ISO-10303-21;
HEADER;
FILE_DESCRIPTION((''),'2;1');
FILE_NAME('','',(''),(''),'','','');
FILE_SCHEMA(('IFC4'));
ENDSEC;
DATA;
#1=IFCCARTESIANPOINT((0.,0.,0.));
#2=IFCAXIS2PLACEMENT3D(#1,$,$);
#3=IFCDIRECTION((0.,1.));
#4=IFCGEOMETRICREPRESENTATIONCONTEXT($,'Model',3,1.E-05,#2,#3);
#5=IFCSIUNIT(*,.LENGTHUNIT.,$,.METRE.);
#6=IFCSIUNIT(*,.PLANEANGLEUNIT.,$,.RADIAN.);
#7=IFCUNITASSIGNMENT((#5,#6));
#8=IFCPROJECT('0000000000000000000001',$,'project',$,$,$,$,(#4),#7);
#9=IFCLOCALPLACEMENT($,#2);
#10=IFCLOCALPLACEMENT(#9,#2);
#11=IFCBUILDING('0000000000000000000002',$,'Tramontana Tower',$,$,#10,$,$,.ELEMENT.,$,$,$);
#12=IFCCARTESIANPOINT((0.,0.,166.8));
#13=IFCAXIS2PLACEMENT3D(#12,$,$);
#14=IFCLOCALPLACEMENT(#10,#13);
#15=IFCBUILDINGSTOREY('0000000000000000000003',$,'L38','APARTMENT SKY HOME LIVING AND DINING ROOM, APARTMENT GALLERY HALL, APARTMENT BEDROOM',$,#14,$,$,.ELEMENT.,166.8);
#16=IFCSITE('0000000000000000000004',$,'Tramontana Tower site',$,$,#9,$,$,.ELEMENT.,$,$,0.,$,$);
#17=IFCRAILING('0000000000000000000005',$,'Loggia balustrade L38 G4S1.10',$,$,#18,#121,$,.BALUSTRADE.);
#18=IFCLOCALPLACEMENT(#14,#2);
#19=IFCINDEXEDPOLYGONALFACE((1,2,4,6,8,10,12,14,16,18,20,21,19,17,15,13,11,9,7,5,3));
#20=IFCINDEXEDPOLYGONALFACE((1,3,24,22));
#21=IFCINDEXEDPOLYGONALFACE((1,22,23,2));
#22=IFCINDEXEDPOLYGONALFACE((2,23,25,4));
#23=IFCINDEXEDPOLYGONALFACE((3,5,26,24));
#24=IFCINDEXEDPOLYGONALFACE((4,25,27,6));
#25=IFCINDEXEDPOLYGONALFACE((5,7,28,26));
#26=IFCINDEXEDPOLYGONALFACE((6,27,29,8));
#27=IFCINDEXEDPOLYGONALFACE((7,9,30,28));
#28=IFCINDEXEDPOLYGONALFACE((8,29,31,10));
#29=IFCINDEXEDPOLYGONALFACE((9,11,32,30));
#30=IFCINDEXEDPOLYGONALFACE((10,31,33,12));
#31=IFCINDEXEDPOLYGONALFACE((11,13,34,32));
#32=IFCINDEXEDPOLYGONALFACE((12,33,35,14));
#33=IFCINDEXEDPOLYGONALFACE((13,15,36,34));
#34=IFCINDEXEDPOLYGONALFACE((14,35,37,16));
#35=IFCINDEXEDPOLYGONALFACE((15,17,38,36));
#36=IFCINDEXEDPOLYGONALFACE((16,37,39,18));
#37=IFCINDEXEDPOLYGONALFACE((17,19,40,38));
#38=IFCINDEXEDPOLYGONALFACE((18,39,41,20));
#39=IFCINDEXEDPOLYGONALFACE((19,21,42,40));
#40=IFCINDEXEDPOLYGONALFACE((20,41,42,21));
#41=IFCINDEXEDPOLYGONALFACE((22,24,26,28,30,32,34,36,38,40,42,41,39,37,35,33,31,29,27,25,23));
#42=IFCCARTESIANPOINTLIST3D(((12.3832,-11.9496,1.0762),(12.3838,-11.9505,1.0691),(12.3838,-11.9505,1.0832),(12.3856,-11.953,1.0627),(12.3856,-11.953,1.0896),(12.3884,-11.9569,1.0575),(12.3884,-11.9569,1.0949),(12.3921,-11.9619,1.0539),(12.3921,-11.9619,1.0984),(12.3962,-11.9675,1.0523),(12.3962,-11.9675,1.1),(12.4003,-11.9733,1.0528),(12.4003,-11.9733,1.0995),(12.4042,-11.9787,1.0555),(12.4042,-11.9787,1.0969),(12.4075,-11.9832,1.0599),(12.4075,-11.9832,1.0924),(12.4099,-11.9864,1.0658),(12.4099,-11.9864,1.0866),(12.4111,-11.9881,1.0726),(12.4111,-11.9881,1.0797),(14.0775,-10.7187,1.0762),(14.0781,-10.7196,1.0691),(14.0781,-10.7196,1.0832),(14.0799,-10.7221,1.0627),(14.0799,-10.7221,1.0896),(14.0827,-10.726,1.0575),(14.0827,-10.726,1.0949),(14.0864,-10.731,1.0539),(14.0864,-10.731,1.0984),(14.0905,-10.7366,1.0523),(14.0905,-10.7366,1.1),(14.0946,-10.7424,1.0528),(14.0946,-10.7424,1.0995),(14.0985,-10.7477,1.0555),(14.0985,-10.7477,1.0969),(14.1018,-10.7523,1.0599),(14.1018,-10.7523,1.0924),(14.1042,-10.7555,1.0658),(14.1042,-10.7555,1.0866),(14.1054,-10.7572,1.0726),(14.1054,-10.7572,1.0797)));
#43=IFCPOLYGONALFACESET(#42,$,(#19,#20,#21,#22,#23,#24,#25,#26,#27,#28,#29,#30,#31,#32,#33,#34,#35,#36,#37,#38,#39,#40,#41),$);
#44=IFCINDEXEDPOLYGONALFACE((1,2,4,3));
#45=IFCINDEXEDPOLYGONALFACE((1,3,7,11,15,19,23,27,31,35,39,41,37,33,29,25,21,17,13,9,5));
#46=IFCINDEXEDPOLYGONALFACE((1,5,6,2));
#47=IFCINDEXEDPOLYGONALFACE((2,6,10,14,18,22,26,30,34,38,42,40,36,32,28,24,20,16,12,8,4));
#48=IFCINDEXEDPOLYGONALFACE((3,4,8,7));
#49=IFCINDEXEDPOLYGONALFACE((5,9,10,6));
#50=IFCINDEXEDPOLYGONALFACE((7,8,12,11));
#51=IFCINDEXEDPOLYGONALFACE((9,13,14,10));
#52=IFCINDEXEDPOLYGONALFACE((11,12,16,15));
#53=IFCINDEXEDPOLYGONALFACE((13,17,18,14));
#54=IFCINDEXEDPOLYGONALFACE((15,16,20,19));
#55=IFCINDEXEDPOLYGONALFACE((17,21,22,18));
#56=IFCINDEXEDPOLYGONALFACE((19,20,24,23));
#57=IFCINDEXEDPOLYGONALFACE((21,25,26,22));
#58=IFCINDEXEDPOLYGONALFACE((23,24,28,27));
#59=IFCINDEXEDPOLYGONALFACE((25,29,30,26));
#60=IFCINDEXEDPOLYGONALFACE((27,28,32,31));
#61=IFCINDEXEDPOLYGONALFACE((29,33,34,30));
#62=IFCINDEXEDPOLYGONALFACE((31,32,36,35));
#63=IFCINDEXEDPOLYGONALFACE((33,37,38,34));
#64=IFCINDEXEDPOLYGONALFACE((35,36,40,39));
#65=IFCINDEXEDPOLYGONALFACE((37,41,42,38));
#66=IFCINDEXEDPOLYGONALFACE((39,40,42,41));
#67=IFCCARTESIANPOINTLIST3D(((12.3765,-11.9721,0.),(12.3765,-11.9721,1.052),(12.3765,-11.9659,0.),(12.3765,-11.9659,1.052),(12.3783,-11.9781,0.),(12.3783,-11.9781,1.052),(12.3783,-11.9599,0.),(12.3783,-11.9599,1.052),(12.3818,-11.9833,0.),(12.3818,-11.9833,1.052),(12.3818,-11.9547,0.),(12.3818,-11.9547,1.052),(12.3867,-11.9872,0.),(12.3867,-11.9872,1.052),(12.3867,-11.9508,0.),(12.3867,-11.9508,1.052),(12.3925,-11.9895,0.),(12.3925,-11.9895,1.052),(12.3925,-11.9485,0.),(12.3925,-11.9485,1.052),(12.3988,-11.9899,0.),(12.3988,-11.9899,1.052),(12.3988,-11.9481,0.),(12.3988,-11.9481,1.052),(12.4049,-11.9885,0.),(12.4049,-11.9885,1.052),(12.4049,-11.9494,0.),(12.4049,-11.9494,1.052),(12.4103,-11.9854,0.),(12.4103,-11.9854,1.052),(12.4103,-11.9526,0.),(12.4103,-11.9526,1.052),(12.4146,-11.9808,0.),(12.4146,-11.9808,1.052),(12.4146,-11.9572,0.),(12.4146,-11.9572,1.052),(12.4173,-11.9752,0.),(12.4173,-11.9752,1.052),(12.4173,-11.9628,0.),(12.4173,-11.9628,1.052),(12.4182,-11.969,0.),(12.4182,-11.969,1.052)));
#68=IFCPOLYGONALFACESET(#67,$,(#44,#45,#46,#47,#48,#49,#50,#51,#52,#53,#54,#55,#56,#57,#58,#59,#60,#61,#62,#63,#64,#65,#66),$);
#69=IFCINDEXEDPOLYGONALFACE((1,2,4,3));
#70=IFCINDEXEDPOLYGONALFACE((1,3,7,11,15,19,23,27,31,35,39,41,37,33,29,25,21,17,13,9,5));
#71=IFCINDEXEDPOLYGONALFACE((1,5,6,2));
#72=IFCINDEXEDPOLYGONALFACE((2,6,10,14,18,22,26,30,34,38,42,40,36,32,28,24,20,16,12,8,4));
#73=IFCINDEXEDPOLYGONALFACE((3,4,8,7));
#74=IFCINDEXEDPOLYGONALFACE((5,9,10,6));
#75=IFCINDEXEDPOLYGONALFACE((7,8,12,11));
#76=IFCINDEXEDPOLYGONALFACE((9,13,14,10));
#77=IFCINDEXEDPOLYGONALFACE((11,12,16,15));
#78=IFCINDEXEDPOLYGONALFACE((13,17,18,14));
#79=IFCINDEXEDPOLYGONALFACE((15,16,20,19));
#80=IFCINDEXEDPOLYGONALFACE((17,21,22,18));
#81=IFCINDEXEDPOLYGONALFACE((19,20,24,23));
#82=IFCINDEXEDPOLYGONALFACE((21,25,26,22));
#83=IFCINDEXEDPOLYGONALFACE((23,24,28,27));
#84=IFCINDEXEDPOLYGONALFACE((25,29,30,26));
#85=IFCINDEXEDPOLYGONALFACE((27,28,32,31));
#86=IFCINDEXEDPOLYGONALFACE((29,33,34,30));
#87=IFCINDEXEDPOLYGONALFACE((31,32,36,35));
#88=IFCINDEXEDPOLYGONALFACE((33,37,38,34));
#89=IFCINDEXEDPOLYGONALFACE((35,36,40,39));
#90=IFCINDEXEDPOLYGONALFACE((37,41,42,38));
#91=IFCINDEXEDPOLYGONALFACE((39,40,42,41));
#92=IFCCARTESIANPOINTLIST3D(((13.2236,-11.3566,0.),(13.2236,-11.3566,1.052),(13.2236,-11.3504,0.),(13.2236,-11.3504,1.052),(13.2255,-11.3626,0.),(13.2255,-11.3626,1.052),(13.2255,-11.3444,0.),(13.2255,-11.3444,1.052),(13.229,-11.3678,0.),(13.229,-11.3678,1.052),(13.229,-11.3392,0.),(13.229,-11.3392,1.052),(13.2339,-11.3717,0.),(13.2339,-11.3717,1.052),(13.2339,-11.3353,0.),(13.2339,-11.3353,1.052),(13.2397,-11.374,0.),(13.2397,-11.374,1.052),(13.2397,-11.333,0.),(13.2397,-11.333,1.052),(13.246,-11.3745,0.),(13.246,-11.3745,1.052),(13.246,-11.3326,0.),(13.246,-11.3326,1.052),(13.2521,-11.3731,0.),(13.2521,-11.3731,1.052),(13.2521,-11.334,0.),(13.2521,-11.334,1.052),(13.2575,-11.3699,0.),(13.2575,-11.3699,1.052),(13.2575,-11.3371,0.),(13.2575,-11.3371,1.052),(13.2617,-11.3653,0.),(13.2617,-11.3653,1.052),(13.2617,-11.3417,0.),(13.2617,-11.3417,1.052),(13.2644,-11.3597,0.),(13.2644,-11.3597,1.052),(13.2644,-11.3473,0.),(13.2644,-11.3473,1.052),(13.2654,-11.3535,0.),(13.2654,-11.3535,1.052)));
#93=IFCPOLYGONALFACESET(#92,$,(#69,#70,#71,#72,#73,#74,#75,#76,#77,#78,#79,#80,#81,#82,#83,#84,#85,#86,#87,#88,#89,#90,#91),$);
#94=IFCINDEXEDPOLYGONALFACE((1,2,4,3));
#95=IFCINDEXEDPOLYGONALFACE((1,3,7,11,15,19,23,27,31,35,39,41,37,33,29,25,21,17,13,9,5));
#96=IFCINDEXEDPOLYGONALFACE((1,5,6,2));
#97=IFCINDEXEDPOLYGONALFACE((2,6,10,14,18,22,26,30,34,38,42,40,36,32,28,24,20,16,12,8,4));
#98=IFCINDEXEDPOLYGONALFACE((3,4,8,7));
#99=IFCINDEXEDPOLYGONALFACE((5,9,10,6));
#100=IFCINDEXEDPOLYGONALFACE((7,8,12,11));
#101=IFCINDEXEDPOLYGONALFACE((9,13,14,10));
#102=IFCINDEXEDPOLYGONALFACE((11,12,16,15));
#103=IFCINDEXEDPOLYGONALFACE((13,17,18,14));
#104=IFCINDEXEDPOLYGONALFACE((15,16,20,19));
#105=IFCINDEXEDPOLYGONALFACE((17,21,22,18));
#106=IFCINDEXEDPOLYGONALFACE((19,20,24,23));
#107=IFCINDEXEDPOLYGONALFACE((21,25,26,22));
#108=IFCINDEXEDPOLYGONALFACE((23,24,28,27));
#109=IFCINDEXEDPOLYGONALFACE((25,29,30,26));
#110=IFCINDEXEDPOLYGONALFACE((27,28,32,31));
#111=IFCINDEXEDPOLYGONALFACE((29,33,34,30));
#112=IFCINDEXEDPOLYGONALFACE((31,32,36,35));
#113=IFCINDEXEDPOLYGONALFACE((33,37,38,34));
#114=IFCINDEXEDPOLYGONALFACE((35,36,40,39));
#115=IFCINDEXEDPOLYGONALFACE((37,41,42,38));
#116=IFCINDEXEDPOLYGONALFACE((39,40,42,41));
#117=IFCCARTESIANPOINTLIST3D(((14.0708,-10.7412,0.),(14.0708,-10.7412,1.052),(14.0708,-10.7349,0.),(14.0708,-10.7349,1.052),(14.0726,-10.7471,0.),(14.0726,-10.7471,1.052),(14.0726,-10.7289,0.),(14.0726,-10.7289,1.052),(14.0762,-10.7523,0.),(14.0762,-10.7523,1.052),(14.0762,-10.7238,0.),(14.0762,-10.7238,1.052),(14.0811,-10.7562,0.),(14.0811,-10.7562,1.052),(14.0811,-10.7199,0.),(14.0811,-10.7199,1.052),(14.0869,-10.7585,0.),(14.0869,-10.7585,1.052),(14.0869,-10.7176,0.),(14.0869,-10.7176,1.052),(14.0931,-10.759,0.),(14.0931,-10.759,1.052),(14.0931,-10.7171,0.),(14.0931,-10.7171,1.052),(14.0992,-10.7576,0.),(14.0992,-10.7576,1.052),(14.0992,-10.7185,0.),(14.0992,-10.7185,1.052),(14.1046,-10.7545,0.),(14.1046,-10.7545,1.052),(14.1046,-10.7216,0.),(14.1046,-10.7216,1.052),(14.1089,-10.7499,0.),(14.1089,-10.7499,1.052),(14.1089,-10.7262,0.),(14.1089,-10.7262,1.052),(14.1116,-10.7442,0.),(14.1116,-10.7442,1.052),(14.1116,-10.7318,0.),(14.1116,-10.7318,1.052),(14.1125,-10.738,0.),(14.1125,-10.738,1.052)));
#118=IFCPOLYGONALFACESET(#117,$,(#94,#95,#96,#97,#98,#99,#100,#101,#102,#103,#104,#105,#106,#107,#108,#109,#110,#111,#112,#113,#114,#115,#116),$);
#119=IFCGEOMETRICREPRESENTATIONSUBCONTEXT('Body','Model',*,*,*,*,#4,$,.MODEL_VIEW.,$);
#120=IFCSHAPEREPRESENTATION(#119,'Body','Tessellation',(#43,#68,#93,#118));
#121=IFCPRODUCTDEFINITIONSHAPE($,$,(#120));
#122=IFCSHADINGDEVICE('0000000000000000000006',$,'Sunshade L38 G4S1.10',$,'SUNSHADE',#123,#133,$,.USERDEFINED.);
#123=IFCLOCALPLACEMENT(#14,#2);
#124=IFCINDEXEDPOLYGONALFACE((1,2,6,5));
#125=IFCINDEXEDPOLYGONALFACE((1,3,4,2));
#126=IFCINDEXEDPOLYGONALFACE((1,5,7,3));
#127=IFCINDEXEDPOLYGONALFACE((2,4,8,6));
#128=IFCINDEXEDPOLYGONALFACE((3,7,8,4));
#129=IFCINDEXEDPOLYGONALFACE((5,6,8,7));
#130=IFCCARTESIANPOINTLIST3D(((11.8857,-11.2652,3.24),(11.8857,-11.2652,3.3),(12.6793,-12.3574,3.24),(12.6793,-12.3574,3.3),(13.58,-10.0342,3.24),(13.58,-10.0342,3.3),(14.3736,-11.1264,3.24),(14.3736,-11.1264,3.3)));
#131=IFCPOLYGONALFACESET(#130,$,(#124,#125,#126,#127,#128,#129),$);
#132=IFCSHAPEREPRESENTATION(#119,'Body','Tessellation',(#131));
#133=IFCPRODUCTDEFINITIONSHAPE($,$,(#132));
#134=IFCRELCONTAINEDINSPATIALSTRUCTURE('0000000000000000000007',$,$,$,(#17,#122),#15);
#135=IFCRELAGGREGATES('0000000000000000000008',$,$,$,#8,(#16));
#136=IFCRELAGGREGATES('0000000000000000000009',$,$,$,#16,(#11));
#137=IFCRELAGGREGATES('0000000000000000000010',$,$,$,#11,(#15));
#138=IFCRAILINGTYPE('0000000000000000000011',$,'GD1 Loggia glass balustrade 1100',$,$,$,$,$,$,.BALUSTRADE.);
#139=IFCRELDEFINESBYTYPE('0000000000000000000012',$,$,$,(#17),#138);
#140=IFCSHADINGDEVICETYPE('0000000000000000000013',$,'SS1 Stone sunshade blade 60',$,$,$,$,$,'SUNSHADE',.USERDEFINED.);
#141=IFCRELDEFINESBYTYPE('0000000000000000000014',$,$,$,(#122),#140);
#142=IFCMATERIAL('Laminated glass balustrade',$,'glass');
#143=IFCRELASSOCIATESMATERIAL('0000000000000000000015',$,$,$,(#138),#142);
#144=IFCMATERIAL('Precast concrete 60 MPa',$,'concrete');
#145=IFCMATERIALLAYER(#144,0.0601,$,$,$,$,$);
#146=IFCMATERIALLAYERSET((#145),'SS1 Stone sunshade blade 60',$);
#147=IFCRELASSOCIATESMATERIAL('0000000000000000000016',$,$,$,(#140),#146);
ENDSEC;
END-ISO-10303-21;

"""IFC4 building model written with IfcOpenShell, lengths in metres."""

from ifc_helpers import new_model, si_unit, direction, frame, origin, origin_2d, place, context, subcontext, project, spatial, rectangle, circle, extrude, material, layer, layer_set, type_object, element, save


model = new_model("IFC4")

# Units and contexts
model_context = context("Model", 3, precision=1e-05, world=origin(), true_north=direction((0.0, 1.0)))
body_context = subcontext(model_context, "Body", "Model", "MODEL_VIEW")
ifc_project = project(units=[si_unit("LENGTHUNIT", "METRE"), si_unit("PLANEANGLEUNIT", "RADIAN")], contexts=[model_context])

# Site, building, storey
site_placement = place(None, origin())
site = spatial("IfcSite", under=ifc_project, at=site_placement, Name="Tramontana Tower site", CompositionType="ELEMENT", RefElevation=0.0)
building_placement = place(site_placement, origin())
building = spatial("IfcBuilding", under=site, at=building_placement, Name="Tramontana Tower", CompositionType="ELEMENT")
storey_placement = place(building_placement, frame((0.0, 0.0, 166.8)))
storey = spatial("IfcBuildingStorey", under=building, at=storey_placement, Name="L38", Description="APARTMENT SKY HOME LIVING AND DINING ROOM, APARTMENT GALLERY HALL, APARTMENT BEDROOM", CompositionType="ELEMENT", Elevation=166.8)

# Railing
ifc_material_1 = material(Name="Laminated glass balustrade", Category="glass")
railing_type_1 = type_object("IfcRailingType", Name="GD1 Loggia glass balustrade 1100", PredefinedType="BALUSTRADE", material=ifc_material_1)
railing_1_placement = place(storey_placement, frame((12.3972, -11.969, 0.0)))
element("IfcRailing", 1, at=railing_1_placement, inside=storey, type_object=railing_type_1, Name="Loggia balustrade L38 G4S1.10", PredefinedType="BALUSTRADE", context=body_context, shape_type="SweptSolid", body=[
    extrude(circle(Radius=0.0239, at=origin_2d()), frame((0.0, 0.0, 1.0762), z_axis=(0.809028, 0.58777, 0.0), x_axis=(-0.58777, 0.809028, 0.0)), (0.0, 0.0, 1.0), 2.0942),
    extrude(circle(Radius=0.021, at=origin_2d()), origin(), (0.0, 0.0, 1.0), 1.052),
    extrude(circle(Radius=0.021, at=origin_2d()), frame((0.8472, 0.6155, 0.0)), (0.0, 0.0, 1.0), 1.052),
    extrude(circle(Radius=0.021, at=origin_2d()), frame((1.6943, 1.231, 0.0)), (0.0, 0.0, 1.0), 1.052),
])

# Shading device
ifc_material_2 = material(Name="Precast concrete 60 MPa", Category="concrete")
ifc_layer_1 = layer(ifc_material_2, 0.0601)
ifc_layer_set_1 = layer_set([ifc_layer_1], Name="SS1 Stone sunshade blade 60")
shading_device_type = type_object("IfcShadingDeviceType", Name="SS1 Stone sunshade blade 60", ElementType="SUNSHADE", PredefinedType="USERDEFINED", material=ifc_layer_set_1)
shading_device_placement = place(storey_placement, frame((13.1296, -11.1958, 3.24), z_axis=(0.0, 0.0, 1.0), x_axis=(0.809017, 0.587785, 0.0)))
element("IfcShadingDevice", 2, at=shading_device_placement, inside=storey, type_object=shading_device_type, Name="Sunshade L38 G4S1.10", ObjectType="SUNSHADE", PredefinedType="USERDEFINED", context=body_context, shape_type="SweptSolid", body=[
    extrude(rectangle(XDim=2.0942, YDim=1.3501, at=origin_2d()), origin(), (0.0, 0.0, 1.0), 0.0601),
])

save(model, "model.ifc")
